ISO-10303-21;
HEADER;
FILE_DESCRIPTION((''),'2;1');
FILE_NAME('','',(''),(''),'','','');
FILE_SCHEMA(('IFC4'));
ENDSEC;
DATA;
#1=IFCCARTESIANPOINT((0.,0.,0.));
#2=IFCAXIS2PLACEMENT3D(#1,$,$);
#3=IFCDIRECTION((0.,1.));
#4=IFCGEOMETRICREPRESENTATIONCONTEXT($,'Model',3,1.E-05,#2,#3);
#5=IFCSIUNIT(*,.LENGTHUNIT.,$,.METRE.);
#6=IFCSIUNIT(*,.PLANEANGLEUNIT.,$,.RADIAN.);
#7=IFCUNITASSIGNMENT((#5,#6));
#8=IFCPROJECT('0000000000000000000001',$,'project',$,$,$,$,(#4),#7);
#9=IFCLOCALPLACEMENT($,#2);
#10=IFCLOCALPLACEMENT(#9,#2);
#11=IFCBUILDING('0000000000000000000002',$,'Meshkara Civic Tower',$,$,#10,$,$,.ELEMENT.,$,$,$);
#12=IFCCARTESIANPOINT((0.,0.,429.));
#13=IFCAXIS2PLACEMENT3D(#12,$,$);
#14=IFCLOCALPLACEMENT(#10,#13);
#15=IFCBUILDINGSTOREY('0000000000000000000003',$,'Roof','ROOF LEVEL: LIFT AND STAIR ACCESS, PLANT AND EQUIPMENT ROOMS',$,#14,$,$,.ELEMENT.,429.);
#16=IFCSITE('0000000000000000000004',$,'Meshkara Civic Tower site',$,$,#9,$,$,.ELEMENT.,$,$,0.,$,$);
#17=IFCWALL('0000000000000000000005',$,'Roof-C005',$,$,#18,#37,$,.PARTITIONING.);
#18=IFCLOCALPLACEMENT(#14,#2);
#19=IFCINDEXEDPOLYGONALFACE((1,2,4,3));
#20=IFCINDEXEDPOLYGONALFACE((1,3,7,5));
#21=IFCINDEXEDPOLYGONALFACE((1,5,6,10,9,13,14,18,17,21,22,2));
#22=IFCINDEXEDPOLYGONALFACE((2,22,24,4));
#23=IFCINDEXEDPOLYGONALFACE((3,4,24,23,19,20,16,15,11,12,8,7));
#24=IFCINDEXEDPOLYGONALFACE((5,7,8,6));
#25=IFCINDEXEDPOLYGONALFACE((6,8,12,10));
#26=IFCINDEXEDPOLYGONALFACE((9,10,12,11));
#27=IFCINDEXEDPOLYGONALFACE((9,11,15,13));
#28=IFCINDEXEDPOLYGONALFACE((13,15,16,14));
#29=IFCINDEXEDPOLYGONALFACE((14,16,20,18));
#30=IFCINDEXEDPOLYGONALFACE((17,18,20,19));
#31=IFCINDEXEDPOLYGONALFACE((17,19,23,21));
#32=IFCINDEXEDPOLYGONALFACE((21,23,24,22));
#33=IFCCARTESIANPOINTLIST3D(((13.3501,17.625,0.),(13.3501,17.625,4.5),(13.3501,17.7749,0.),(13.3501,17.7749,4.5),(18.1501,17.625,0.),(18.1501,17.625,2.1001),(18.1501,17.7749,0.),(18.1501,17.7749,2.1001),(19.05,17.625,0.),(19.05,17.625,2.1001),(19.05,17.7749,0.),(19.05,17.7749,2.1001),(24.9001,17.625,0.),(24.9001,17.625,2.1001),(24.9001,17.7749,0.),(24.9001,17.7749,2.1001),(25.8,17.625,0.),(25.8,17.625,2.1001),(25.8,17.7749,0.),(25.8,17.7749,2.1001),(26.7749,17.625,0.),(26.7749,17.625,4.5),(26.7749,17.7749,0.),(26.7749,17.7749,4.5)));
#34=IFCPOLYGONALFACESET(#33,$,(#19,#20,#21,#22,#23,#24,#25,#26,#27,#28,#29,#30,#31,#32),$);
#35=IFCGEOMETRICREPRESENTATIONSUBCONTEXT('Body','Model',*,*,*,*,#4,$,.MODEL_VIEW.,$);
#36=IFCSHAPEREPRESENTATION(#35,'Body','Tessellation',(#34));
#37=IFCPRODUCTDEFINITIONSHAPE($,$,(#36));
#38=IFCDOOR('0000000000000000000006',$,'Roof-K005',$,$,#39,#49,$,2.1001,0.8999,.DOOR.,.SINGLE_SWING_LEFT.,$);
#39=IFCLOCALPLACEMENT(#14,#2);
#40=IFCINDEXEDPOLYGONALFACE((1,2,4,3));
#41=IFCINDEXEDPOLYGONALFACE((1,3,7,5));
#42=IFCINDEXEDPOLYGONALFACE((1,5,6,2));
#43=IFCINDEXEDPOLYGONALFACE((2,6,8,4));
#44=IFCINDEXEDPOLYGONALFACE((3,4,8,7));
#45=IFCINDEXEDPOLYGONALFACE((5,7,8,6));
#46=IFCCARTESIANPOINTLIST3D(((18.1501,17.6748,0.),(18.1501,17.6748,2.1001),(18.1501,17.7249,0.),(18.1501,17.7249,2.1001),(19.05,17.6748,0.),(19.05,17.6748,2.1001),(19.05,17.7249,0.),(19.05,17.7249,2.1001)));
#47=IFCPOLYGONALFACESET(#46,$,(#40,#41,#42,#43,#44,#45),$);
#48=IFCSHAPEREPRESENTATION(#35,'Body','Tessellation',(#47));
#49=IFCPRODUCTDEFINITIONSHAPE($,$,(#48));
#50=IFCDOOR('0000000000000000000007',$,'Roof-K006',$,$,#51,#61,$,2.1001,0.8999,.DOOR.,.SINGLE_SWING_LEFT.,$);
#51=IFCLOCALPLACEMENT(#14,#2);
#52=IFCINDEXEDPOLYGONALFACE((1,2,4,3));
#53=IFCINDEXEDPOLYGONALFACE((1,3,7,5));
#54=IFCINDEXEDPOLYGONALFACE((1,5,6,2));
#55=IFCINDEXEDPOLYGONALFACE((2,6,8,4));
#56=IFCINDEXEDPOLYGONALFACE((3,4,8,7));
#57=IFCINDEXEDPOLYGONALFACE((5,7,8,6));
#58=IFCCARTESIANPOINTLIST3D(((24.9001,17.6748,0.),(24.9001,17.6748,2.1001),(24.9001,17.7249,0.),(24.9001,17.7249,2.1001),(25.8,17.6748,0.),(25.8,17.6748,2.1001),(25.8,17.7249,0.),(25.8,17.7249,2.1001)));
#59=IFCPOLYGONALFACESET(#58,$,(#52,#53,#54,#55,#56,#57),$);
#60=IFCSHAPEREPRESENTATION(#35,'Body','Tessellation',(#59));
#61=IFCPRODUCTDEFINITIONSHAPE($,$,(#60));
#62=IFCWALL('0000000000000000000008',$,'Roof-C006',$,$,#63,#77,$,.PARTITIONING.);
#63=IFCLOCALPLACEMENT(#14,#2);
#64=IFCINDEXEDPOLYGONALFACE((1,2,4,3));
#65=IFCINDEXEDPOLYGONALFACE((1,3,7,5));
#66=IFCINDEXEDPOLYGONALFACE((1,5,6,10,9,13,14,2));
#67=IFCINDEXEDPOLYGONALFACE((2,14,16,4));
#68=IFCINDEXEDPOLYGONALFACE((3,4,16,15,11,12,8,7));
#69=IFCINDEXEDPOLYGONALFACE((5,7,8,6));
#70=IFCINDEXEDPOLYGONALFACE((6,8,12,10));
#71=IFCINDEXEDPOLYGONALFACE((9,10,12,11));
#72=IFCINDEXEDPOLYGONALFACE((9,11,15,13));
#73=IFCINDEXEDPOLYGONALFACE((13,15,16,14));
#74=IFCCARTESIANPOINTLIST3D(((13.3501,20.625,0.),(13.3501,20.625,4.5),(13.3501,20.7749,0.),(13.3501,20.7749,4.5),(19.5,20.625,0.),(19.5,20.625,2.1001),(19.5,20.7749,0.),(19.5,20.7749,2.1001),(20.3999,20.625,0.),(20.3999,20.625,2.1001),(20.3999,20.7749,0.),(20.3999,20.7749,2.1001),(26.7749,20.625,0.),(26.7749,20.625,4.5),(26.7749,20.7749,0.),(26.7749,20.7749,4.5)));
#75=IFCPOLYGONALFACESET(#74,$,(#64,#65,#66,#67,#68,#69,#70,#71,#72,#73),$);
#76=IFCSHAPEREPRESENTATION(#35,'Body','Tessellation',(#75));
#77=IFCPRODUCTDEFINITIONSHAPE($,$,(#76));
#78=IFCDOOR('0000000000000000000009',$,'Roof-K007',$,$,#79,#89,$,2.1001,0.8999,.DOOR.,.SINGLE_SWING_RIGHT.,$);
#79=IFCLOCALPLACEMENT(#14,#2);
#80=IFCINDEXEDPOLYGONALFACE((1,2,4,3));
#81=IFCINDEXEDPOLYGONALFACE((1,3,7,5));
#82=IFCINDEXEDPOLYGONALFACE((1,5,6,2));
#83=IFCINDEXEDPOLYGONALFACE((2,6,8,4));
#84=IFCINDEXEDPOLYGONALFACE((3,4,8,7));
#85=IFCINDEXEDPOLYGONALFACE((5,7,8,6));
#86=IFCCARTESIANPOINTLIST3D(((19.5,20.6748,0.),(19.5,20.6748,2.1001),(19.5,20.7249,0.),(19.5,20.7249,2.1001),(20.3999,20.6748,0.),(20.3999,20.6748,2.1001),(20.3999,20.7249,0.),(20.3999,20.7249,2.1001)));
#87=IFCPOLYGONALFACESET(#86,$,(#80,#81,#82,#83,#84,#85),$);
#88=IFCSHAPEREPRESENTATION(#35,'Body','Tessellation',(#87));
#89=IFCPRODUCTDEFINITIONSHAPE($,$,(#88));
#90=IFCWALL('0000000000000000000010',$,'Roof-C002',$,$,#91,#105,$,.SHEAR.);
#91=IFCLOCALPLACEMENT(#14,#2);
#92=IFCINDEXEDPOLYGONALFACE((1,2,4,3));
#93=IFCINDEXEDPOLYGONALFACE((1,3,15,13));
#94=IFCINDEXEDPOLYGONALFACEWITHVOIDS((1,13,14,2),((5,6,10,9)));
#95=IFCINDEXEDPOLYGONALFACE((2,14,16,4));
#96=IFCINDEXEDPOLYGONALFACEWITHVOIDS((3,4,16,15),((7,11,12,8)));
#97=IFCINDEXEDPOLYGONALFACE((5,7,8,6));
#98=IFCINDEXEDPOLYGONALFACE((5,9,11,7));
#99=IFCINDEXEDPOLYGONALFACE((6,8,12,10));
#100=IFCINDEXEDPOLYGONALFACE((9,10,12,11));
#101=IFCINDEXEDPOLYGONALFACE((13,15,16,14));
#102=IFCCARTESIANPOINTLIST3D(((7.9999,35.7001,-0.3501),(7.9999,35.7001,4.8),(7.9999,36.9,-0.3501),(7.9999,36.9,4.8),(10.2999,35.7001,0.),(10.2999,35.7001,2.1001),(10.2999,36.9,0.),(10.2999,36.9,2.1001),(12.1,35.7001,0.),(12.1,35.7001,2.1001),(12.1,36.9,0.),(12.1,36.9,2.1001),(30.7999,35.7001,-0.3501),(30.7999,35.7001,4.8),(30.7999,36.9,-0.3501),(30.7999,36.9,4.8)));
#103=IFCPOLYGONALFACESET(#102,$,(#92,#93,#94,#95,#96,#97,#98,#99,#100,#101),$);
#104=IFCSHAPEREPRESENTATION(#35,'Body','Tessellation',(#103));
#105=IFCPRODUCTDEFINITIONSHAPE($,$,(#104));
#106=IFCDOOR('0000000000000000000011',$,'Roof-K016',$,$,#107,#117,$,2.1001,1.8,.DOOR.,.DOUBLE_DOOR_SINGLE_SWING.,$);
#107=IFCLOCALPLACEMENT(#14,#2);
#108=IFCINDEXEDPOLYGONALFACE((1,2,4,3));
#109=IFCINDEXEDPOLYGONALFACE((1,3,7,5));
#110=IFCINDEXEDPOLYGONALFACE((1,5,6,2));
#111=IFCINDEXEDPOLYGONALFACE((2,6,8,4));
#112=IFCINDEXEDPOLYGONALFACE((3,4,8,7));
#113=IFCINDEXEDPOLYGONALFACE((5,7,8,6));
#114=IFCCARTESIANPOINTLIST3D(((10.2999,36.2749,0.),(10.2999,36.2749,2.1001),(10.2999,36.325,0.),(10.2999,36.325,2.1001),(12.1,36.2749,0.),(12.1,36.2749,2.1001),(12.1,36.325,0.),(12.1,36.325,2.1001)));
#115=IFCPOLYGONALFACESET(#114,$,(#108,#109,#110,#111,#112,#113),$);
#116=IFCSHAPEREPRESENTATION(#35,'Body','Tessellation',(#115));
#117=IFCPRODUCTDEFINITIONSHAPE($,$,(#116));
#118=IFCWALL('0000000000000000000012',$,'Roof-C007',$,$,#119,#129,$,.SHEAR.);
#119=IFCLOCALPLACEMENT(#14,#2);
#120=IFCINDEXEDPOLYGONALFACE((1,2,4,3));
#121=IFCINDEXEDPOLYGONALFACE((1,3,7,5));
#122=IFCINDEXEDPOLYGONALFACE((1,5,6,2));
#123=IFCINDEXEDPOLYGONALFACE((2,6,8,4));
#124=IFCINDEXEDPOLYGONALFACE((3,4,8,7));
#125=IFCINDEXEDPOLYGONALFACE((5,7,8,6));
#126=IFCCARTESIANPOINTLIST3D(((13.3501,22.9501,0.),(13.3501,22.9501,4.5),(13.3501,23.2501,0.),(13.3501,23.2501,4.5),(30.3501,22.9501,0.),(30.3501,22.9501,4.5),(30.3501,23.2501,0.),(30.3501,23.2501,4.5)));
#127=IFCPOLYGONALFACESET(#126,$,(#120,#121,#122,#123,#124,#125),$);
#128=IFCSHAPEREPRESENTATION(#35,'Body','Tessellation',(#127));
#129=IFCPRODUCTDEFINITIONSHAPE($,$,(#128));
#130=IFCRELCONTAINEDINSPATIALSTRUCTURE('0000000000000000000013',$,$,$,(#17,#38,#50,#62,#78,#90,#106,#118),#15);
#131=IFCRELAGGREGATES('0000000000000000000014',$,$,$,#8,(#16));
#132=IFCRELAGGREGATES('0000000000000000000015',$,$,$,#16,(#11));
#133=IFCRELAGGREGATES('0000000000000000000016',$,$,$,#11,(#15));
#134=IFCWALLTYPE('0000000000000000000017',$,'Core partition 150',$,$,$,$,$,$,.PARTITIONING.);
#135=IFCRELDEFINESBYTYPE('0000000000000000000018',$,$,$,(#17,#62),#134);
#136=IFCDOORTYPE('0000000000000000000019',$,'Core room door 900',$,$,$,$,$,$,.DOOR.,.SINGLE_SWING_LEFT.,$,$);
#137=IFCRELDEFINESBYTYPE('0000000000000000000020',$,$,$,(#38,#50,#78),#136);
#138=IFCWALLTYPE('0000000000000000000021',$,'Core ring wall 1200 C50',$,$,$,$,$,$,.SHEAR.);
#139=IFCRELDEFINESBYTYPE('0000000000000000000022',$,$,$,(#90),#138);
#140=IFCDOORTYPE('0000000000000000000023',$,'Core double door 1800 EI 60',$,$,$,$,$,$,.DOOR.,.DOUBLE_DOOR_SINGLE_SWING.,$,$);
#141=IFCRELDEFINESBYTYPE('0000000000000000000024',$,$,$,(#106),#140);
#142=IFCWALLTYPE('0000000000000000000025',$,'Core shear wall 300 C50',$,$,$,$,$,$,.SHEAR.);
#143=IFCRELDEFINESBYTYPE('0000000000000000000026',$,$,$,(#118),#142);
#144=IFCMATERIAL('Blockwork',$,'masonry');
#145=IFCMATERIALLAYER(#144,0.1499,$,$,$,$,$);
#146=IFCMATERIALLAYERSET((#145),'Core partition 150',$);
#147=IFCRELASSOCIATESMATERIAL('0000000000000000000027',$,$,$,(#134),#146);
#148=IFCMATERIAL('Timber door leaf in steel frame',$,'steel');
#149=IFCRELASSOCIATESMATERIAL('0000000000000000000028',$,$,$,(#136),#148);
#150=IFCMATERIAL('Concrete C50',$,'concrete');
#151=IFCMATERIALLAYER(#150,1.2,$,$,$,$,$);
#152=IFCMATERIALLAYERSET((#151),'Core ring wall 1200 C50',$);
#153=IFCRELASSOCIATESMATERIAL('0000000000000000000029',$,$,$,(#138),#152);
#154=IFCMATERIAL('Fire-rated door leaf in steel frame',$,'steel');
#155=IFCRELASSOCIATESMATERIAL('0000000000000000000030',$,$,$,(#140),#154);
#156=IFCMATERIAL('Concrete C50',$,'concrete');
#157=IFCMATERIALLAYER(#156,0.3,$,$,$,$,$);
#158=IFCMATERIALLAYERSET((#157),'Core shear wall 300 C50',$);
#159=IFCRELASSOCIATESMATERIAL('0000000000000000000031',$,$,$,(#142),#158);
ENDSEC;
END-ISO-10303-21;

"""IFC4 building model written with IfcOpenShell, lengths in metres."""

from ifc_helpers import new_model, si_unit, direction, frame, frame_2d, origin, place, context, subcontext, project, spatial, rectangle, extrude, material, layer, layer_set, type_object, element, fill, save


model = new_model("IFC4")

# Units and contexts
model_context = context("Model", 3, precision=1e-05, world=origin(), true_north=direction((0.0, 1.0)))
body_context = subcontext(model_context, "Body", "Model", "MODEL_VIEW")
ifc_project = project(units=[si_unit("LENGTHUNIT", "METRE"), si_unit("PLANEANGLEUNIT", "RADIAN")], contexts=[model_context])

# Site, building, storey
site_placement = place(None, origin())
site = spatial("IfcSite", under=ifc_project, at=site_placement, Name="Meshkara Civic Tower site", CompositionType="ELEMENT", RefElevation=0.0)
building_placement = place(site_placement, origin())
building = spatial("IfcBuilding", under=site, at=building_placement, Name="Meshkara Civic Tower", CompositionType="ELEMENT")
storey_placement = place(building_placement, frame((0.0, 0.0, 429.0)))
storey = spatial("IfcBuildingStorey", under=building, at=storey_placement, Name="Roof", Description="ROOF LEVEL: LIFT AND STAIR ACCESS, PLANT AND EQUIPMENT ROOMS", CompositionType="ELEMENT", Elevation=429.0)

# Wall, openings, doors
ifc_material_1 = material(Name="Blockwork", Category="masonry")
ifc_layer_1 = layer(ifc_material_1, 0.1499)
ifc_layer_set_1 = layer_set([ifc_layer_1], Name="Core partition 150")
wall_type_1 = type_object("IfcWallType", Name="Core partition 150", PredefinedType="PARTITIONING", material=ifc_layer_set_1)
wall_1_placement = place(storey_placement, frame((13.3501, 17.7, 0.0), z_axis=(0.0, 0.0, 1.0), x_axis=(1.0, 0.0, 0.0)))
wall_1 = element("IfcWall", 1, at=wall_1_placement, inside=storey, type_object=wall_type_1, Name="Roof-C005", PredefinedType="PARTITIONING", context=body_context, shape_type="SweptSolid", body=[
    extrude(rectangle(XDim=13.4248, YDim=0.1499, at=frame_2d((6.7124, 0.0))), origin(), (0.0, 0.0, 1.0), 4.5),
])
opening_1_placement = place(wall_1_placement, frame((4.8, 0.0, 0.0)))
opening_1 = element("IfcOpeningElement", 2, at=opening_1_placement, cuts=wall_1, PredefinedType="OPENING", context=body_context, shape_type="SweptSolid", body=[
    extrude(rectangle(XDim=0.8999, YDim=2.1001, at=frame_2d((0.45, 1.05))), frame((0.0, 0.085, 0.0), z_axis=(0.0, -1.0, 0.0), x_axis=(1.0, 0.0, 0.0)), (0.0, 0.0, 1.0), 0.1699),
])
opening_2_placement = place(wall_1_placement, frame((11.55, 0.0, 0.0)))
opening_2 = element("IfcOpeningElement", 3, at=opening_2_placement, cuts=wall_1, PredefinedType="OPENING", context=body_context, shape_type="SweptSolid", body=[
    extrude(rectangle(XDim=0.8999, YDim=2.1001, at=frame_2d((0.45, 1.05))), frame((0.0, 0.085, 0.0), z_axis=(0.0, -1.0, 0.0), x_axis=(1.0, 0.0, 0.0)), (0.0, 0.0, 1.0), 0.1699),
])
ifc_material_2 = material(Name="Timber door leaf in steel frame", Category="steel")
door_type_1 = type_object("IfcDoorType", Name="Core room door 900", OperationType="SINGLE_SWING_LEFT", PredefinedType="DOOR", material=ifc_material_2)
door_1_placement = place(opening_1_placement, origin())
door_1 = element("IfcDoor", 4, at=door_1_placement, inside=storey, type_object=door_type_1, Name="Roof-K005", OperationType="SINGLE_SWING_LEFT", OverallHeight=2.1001, OverallWidth=0.8999, PredefinedType="DOOR", context=body_context, shape_type="SweptSolid", body=[
    extrude(rectangle(XDim=0.8999, YDim=2.1001, at=frame_2d((0.45, 1.05))), frame((0.0, 0.0249, 0.0), z_axis=(0.0, -1.0, 0.0), x_axis=(1.0, 0.0, 0.0)), (0.0, 0.0, 1.0), 0.05),
])
fill(opening_1, door_1)
door_2_placement = place(opening_2_placement, origin())
door_2 = element("IfcDoor", 5, at=door_2_placement, inside=storey, type_object=door_type_1, Name="Roof-K006", OperationType="SINGLE_SWING_LEFT", OverallHeight=2.1001, OverallWidth=0.8999, PredefinedType="DOOR", context=body_context, shape_type="SweptSolid", body=[
    extrude(rectangle(XDim=0.8999, YDim=2.1001, at=frame_2d((0.45, 1.05))), frame((0.0, 0.0249, 0.0), z_axis=(0.0, -1.0, 0.0), x_axis=(1.0, 0.0, 0.0)), (0.0, 0.0, 1.0), 0.05),
])
fill(opening_2, door_2)

# Walls, openings, doors
wall_2_placement = place(storey_placement, frame((13.3501, 20.7, 0.0), z_axis=(0.0, 0.0, 1.0), x_axis=(1.0, 0.0, 0.0)))
wall_2 = element("IfcWall", 6, at=wall_2_placement, inside=storey, type_object=wall_type_1, Name="Roof-C006", PredefinedType="PARTITIONING", context=body_context, shape_type="SweptSolid", body=[
    extrude(rectangle(XDim=13.4248, YDim=0.1499, at=frame_2d((6.7124, 0.0))), origin(), (0.0, 0.0, 1.0), 4.5),
])
opening_3_placement = place(wall_2_placement, frame((6.1499, 0.0, 0.0)))
opening_3 = element("IfcOpeningElement", 7, at=opening_3_placement, cuts=wall_2, PredefinedType="OPENING", context=body_context, shape_type="SweptSolid", body=[
    extrude(rectangle(XDim=0.8999, YDim=2.1001, at=frame_2d((0.45, 1.05))), frame((0.0, 0.085, 0.0), z_axis=(0.0, -1.0, 0.0), x_axis=(1.0, 0.0, 0.0)), (0.0, 0.0, 1.0), 0.1699),
])
door_3_placement = place(opening_3_placement, origin())
door_3 = element("IfcDoor", 8, at=door_3_placement, inside=storey, type_object=door_type_1, Name="Roof-K007", OperationType="SINGLE_SWING_RIGHT", OverallHeight=2.1001, OverallWidth=0.8999, PredefinedType="DOOR", context=body_context, shape_type="SweptSolid", body=[
    extrude(rectangle(XDim=0.8999, YDim=2.1001, at=frame_2d((0.45, 1.05))), frame((0.0, 0.0249, 0.0), z_axis=(0.0, -1.0, 0.0), x_axis=(1.0, 0.0, 0.0)), (0.0, 0.0, 1.0), 0.05),
])
fill(opening_3, door_3)
ifc_material_3 = material(Name="Concrete C50", Category="concrete")
ifc_layer_2 = layer(ifc_material_3, 1.2)
ifc_layer_set_2 = layer_set([ifc_layer_2], Name="Core ring wall 1200 C50")
wall_type_2 = type_object("IfcWallType", Name="Core ring wall 1200 C50", PredefinedType="SHEAR", material=ifc_layer_set_2)
wall_3_placement = place(storey_placement, frame((8.0, 36.3, -0.3501), z_axis=(0.0, 0.0, 1.0), x_axis=(1.0, 0.0, 0.0)))
wall_3 = element("IfcWall", 9, at=wall_3_placement, inside=storey, type_object=wall_type_2, Name="Roof-C002", PredefinedType="SHEAR", context=body_context, shape_type="SweptSolid", body=[
    extrude(rectangle(XDim=22.8, YDim=1.2, at=frame_2d((11.3999, 0.0))), origin(), (0.0, 0.0, 1.0), 5.1501),
])
opening_4_placement = place(wall_3_placement, frame((2.3, 0.0, 0.3501)))
opening_4 = element("IfcOpeningElement", 10, at=opening_4_placement, cuts=wall_3, PredefinedType="OPENING", context=body_context, shape_type="SweptSolid", body=[
    extrude(rectangle(XDim=1.8, YDim=2.1001, at=frame_2d((0.8999, 1.05))), frame((0.0, 0.6099, 0.0), z_axis=(0.0, -1.0, 0.0), x_axis=(1.0, 0.0, 0.0)), (0.0, 0.0, 1.0), 1.22),
])
ifc_material_4 = material(Name="Fire-rated door leaf in steel frame", Category="steel")
door_type_2 = type_object("IfcDoorType", Name="Core double door 1800 EI 60", OperationType="DOUBLE_DOOR_SINGLE_SWING", PredefinedType="DOOR", material=ifc_material_4)
door_4_placement = place(opening_4_placement, origin())
door_4 = element("IfcDoor", 11, at=door_4_placement, inside=storey, type_object=door_type_2, Name="Roof-K016", OperationType="DOUBLE_DOOR_SINGLE_SWING", OverallHeight=2.1001, OverallWidth=1.8, PredefinedType="DOOR", context=body_context, shape_type="SweptSolid", body=[
    extrude(rectangle(XDim=1.8, YDim=2.1001, at=frame_2d((0.8999, 1.05))), frame((0.0, 0.0249, 0.0), z_axis=(0.0, -1.0, 0.0), x_axis=(1.0, 0.0, 0.0)), (0.0, 0.0, 1.0), 0.05),
])
fill(opening_4, door_4)

# Wall
ifc_material_5 = material(Name="Concrete C50", Category="concrete")
ifc_layer_3 = layer(ifc_material_5, 0.3)
ifc_layer_set_3 = layer_set([ifc_layer_3], Name="Core shear wall 300 C50")
wall_type_3 = type_object("IfcWallType", Name="Core shear wall 300 C50", PredefinedType="SHEAR", material=ifc_layer_set_3)
wall_4_placement = place(storey_placement, frame((13.3501, 23.1001, 0.0), z_axis=(0.0, 0.0, 1.0), x_axis=(1.0, 0.0, 0.0)))
element("IfcWall", 12, at=wall_4_placement, inside=storey, type_object=wall_type_3, Name="Roof-C007", PredefinedType="SHEAR", context=body_context, shape_type="SweptSolid", body=[
    extrude(rectangle(XDim=17.0, YDim=0.3, at=frame_2d((8.5, 0.0))), origin(), (0.0, 0.0, 1.0), 4.5),
])

save(model, "model.ifc")
